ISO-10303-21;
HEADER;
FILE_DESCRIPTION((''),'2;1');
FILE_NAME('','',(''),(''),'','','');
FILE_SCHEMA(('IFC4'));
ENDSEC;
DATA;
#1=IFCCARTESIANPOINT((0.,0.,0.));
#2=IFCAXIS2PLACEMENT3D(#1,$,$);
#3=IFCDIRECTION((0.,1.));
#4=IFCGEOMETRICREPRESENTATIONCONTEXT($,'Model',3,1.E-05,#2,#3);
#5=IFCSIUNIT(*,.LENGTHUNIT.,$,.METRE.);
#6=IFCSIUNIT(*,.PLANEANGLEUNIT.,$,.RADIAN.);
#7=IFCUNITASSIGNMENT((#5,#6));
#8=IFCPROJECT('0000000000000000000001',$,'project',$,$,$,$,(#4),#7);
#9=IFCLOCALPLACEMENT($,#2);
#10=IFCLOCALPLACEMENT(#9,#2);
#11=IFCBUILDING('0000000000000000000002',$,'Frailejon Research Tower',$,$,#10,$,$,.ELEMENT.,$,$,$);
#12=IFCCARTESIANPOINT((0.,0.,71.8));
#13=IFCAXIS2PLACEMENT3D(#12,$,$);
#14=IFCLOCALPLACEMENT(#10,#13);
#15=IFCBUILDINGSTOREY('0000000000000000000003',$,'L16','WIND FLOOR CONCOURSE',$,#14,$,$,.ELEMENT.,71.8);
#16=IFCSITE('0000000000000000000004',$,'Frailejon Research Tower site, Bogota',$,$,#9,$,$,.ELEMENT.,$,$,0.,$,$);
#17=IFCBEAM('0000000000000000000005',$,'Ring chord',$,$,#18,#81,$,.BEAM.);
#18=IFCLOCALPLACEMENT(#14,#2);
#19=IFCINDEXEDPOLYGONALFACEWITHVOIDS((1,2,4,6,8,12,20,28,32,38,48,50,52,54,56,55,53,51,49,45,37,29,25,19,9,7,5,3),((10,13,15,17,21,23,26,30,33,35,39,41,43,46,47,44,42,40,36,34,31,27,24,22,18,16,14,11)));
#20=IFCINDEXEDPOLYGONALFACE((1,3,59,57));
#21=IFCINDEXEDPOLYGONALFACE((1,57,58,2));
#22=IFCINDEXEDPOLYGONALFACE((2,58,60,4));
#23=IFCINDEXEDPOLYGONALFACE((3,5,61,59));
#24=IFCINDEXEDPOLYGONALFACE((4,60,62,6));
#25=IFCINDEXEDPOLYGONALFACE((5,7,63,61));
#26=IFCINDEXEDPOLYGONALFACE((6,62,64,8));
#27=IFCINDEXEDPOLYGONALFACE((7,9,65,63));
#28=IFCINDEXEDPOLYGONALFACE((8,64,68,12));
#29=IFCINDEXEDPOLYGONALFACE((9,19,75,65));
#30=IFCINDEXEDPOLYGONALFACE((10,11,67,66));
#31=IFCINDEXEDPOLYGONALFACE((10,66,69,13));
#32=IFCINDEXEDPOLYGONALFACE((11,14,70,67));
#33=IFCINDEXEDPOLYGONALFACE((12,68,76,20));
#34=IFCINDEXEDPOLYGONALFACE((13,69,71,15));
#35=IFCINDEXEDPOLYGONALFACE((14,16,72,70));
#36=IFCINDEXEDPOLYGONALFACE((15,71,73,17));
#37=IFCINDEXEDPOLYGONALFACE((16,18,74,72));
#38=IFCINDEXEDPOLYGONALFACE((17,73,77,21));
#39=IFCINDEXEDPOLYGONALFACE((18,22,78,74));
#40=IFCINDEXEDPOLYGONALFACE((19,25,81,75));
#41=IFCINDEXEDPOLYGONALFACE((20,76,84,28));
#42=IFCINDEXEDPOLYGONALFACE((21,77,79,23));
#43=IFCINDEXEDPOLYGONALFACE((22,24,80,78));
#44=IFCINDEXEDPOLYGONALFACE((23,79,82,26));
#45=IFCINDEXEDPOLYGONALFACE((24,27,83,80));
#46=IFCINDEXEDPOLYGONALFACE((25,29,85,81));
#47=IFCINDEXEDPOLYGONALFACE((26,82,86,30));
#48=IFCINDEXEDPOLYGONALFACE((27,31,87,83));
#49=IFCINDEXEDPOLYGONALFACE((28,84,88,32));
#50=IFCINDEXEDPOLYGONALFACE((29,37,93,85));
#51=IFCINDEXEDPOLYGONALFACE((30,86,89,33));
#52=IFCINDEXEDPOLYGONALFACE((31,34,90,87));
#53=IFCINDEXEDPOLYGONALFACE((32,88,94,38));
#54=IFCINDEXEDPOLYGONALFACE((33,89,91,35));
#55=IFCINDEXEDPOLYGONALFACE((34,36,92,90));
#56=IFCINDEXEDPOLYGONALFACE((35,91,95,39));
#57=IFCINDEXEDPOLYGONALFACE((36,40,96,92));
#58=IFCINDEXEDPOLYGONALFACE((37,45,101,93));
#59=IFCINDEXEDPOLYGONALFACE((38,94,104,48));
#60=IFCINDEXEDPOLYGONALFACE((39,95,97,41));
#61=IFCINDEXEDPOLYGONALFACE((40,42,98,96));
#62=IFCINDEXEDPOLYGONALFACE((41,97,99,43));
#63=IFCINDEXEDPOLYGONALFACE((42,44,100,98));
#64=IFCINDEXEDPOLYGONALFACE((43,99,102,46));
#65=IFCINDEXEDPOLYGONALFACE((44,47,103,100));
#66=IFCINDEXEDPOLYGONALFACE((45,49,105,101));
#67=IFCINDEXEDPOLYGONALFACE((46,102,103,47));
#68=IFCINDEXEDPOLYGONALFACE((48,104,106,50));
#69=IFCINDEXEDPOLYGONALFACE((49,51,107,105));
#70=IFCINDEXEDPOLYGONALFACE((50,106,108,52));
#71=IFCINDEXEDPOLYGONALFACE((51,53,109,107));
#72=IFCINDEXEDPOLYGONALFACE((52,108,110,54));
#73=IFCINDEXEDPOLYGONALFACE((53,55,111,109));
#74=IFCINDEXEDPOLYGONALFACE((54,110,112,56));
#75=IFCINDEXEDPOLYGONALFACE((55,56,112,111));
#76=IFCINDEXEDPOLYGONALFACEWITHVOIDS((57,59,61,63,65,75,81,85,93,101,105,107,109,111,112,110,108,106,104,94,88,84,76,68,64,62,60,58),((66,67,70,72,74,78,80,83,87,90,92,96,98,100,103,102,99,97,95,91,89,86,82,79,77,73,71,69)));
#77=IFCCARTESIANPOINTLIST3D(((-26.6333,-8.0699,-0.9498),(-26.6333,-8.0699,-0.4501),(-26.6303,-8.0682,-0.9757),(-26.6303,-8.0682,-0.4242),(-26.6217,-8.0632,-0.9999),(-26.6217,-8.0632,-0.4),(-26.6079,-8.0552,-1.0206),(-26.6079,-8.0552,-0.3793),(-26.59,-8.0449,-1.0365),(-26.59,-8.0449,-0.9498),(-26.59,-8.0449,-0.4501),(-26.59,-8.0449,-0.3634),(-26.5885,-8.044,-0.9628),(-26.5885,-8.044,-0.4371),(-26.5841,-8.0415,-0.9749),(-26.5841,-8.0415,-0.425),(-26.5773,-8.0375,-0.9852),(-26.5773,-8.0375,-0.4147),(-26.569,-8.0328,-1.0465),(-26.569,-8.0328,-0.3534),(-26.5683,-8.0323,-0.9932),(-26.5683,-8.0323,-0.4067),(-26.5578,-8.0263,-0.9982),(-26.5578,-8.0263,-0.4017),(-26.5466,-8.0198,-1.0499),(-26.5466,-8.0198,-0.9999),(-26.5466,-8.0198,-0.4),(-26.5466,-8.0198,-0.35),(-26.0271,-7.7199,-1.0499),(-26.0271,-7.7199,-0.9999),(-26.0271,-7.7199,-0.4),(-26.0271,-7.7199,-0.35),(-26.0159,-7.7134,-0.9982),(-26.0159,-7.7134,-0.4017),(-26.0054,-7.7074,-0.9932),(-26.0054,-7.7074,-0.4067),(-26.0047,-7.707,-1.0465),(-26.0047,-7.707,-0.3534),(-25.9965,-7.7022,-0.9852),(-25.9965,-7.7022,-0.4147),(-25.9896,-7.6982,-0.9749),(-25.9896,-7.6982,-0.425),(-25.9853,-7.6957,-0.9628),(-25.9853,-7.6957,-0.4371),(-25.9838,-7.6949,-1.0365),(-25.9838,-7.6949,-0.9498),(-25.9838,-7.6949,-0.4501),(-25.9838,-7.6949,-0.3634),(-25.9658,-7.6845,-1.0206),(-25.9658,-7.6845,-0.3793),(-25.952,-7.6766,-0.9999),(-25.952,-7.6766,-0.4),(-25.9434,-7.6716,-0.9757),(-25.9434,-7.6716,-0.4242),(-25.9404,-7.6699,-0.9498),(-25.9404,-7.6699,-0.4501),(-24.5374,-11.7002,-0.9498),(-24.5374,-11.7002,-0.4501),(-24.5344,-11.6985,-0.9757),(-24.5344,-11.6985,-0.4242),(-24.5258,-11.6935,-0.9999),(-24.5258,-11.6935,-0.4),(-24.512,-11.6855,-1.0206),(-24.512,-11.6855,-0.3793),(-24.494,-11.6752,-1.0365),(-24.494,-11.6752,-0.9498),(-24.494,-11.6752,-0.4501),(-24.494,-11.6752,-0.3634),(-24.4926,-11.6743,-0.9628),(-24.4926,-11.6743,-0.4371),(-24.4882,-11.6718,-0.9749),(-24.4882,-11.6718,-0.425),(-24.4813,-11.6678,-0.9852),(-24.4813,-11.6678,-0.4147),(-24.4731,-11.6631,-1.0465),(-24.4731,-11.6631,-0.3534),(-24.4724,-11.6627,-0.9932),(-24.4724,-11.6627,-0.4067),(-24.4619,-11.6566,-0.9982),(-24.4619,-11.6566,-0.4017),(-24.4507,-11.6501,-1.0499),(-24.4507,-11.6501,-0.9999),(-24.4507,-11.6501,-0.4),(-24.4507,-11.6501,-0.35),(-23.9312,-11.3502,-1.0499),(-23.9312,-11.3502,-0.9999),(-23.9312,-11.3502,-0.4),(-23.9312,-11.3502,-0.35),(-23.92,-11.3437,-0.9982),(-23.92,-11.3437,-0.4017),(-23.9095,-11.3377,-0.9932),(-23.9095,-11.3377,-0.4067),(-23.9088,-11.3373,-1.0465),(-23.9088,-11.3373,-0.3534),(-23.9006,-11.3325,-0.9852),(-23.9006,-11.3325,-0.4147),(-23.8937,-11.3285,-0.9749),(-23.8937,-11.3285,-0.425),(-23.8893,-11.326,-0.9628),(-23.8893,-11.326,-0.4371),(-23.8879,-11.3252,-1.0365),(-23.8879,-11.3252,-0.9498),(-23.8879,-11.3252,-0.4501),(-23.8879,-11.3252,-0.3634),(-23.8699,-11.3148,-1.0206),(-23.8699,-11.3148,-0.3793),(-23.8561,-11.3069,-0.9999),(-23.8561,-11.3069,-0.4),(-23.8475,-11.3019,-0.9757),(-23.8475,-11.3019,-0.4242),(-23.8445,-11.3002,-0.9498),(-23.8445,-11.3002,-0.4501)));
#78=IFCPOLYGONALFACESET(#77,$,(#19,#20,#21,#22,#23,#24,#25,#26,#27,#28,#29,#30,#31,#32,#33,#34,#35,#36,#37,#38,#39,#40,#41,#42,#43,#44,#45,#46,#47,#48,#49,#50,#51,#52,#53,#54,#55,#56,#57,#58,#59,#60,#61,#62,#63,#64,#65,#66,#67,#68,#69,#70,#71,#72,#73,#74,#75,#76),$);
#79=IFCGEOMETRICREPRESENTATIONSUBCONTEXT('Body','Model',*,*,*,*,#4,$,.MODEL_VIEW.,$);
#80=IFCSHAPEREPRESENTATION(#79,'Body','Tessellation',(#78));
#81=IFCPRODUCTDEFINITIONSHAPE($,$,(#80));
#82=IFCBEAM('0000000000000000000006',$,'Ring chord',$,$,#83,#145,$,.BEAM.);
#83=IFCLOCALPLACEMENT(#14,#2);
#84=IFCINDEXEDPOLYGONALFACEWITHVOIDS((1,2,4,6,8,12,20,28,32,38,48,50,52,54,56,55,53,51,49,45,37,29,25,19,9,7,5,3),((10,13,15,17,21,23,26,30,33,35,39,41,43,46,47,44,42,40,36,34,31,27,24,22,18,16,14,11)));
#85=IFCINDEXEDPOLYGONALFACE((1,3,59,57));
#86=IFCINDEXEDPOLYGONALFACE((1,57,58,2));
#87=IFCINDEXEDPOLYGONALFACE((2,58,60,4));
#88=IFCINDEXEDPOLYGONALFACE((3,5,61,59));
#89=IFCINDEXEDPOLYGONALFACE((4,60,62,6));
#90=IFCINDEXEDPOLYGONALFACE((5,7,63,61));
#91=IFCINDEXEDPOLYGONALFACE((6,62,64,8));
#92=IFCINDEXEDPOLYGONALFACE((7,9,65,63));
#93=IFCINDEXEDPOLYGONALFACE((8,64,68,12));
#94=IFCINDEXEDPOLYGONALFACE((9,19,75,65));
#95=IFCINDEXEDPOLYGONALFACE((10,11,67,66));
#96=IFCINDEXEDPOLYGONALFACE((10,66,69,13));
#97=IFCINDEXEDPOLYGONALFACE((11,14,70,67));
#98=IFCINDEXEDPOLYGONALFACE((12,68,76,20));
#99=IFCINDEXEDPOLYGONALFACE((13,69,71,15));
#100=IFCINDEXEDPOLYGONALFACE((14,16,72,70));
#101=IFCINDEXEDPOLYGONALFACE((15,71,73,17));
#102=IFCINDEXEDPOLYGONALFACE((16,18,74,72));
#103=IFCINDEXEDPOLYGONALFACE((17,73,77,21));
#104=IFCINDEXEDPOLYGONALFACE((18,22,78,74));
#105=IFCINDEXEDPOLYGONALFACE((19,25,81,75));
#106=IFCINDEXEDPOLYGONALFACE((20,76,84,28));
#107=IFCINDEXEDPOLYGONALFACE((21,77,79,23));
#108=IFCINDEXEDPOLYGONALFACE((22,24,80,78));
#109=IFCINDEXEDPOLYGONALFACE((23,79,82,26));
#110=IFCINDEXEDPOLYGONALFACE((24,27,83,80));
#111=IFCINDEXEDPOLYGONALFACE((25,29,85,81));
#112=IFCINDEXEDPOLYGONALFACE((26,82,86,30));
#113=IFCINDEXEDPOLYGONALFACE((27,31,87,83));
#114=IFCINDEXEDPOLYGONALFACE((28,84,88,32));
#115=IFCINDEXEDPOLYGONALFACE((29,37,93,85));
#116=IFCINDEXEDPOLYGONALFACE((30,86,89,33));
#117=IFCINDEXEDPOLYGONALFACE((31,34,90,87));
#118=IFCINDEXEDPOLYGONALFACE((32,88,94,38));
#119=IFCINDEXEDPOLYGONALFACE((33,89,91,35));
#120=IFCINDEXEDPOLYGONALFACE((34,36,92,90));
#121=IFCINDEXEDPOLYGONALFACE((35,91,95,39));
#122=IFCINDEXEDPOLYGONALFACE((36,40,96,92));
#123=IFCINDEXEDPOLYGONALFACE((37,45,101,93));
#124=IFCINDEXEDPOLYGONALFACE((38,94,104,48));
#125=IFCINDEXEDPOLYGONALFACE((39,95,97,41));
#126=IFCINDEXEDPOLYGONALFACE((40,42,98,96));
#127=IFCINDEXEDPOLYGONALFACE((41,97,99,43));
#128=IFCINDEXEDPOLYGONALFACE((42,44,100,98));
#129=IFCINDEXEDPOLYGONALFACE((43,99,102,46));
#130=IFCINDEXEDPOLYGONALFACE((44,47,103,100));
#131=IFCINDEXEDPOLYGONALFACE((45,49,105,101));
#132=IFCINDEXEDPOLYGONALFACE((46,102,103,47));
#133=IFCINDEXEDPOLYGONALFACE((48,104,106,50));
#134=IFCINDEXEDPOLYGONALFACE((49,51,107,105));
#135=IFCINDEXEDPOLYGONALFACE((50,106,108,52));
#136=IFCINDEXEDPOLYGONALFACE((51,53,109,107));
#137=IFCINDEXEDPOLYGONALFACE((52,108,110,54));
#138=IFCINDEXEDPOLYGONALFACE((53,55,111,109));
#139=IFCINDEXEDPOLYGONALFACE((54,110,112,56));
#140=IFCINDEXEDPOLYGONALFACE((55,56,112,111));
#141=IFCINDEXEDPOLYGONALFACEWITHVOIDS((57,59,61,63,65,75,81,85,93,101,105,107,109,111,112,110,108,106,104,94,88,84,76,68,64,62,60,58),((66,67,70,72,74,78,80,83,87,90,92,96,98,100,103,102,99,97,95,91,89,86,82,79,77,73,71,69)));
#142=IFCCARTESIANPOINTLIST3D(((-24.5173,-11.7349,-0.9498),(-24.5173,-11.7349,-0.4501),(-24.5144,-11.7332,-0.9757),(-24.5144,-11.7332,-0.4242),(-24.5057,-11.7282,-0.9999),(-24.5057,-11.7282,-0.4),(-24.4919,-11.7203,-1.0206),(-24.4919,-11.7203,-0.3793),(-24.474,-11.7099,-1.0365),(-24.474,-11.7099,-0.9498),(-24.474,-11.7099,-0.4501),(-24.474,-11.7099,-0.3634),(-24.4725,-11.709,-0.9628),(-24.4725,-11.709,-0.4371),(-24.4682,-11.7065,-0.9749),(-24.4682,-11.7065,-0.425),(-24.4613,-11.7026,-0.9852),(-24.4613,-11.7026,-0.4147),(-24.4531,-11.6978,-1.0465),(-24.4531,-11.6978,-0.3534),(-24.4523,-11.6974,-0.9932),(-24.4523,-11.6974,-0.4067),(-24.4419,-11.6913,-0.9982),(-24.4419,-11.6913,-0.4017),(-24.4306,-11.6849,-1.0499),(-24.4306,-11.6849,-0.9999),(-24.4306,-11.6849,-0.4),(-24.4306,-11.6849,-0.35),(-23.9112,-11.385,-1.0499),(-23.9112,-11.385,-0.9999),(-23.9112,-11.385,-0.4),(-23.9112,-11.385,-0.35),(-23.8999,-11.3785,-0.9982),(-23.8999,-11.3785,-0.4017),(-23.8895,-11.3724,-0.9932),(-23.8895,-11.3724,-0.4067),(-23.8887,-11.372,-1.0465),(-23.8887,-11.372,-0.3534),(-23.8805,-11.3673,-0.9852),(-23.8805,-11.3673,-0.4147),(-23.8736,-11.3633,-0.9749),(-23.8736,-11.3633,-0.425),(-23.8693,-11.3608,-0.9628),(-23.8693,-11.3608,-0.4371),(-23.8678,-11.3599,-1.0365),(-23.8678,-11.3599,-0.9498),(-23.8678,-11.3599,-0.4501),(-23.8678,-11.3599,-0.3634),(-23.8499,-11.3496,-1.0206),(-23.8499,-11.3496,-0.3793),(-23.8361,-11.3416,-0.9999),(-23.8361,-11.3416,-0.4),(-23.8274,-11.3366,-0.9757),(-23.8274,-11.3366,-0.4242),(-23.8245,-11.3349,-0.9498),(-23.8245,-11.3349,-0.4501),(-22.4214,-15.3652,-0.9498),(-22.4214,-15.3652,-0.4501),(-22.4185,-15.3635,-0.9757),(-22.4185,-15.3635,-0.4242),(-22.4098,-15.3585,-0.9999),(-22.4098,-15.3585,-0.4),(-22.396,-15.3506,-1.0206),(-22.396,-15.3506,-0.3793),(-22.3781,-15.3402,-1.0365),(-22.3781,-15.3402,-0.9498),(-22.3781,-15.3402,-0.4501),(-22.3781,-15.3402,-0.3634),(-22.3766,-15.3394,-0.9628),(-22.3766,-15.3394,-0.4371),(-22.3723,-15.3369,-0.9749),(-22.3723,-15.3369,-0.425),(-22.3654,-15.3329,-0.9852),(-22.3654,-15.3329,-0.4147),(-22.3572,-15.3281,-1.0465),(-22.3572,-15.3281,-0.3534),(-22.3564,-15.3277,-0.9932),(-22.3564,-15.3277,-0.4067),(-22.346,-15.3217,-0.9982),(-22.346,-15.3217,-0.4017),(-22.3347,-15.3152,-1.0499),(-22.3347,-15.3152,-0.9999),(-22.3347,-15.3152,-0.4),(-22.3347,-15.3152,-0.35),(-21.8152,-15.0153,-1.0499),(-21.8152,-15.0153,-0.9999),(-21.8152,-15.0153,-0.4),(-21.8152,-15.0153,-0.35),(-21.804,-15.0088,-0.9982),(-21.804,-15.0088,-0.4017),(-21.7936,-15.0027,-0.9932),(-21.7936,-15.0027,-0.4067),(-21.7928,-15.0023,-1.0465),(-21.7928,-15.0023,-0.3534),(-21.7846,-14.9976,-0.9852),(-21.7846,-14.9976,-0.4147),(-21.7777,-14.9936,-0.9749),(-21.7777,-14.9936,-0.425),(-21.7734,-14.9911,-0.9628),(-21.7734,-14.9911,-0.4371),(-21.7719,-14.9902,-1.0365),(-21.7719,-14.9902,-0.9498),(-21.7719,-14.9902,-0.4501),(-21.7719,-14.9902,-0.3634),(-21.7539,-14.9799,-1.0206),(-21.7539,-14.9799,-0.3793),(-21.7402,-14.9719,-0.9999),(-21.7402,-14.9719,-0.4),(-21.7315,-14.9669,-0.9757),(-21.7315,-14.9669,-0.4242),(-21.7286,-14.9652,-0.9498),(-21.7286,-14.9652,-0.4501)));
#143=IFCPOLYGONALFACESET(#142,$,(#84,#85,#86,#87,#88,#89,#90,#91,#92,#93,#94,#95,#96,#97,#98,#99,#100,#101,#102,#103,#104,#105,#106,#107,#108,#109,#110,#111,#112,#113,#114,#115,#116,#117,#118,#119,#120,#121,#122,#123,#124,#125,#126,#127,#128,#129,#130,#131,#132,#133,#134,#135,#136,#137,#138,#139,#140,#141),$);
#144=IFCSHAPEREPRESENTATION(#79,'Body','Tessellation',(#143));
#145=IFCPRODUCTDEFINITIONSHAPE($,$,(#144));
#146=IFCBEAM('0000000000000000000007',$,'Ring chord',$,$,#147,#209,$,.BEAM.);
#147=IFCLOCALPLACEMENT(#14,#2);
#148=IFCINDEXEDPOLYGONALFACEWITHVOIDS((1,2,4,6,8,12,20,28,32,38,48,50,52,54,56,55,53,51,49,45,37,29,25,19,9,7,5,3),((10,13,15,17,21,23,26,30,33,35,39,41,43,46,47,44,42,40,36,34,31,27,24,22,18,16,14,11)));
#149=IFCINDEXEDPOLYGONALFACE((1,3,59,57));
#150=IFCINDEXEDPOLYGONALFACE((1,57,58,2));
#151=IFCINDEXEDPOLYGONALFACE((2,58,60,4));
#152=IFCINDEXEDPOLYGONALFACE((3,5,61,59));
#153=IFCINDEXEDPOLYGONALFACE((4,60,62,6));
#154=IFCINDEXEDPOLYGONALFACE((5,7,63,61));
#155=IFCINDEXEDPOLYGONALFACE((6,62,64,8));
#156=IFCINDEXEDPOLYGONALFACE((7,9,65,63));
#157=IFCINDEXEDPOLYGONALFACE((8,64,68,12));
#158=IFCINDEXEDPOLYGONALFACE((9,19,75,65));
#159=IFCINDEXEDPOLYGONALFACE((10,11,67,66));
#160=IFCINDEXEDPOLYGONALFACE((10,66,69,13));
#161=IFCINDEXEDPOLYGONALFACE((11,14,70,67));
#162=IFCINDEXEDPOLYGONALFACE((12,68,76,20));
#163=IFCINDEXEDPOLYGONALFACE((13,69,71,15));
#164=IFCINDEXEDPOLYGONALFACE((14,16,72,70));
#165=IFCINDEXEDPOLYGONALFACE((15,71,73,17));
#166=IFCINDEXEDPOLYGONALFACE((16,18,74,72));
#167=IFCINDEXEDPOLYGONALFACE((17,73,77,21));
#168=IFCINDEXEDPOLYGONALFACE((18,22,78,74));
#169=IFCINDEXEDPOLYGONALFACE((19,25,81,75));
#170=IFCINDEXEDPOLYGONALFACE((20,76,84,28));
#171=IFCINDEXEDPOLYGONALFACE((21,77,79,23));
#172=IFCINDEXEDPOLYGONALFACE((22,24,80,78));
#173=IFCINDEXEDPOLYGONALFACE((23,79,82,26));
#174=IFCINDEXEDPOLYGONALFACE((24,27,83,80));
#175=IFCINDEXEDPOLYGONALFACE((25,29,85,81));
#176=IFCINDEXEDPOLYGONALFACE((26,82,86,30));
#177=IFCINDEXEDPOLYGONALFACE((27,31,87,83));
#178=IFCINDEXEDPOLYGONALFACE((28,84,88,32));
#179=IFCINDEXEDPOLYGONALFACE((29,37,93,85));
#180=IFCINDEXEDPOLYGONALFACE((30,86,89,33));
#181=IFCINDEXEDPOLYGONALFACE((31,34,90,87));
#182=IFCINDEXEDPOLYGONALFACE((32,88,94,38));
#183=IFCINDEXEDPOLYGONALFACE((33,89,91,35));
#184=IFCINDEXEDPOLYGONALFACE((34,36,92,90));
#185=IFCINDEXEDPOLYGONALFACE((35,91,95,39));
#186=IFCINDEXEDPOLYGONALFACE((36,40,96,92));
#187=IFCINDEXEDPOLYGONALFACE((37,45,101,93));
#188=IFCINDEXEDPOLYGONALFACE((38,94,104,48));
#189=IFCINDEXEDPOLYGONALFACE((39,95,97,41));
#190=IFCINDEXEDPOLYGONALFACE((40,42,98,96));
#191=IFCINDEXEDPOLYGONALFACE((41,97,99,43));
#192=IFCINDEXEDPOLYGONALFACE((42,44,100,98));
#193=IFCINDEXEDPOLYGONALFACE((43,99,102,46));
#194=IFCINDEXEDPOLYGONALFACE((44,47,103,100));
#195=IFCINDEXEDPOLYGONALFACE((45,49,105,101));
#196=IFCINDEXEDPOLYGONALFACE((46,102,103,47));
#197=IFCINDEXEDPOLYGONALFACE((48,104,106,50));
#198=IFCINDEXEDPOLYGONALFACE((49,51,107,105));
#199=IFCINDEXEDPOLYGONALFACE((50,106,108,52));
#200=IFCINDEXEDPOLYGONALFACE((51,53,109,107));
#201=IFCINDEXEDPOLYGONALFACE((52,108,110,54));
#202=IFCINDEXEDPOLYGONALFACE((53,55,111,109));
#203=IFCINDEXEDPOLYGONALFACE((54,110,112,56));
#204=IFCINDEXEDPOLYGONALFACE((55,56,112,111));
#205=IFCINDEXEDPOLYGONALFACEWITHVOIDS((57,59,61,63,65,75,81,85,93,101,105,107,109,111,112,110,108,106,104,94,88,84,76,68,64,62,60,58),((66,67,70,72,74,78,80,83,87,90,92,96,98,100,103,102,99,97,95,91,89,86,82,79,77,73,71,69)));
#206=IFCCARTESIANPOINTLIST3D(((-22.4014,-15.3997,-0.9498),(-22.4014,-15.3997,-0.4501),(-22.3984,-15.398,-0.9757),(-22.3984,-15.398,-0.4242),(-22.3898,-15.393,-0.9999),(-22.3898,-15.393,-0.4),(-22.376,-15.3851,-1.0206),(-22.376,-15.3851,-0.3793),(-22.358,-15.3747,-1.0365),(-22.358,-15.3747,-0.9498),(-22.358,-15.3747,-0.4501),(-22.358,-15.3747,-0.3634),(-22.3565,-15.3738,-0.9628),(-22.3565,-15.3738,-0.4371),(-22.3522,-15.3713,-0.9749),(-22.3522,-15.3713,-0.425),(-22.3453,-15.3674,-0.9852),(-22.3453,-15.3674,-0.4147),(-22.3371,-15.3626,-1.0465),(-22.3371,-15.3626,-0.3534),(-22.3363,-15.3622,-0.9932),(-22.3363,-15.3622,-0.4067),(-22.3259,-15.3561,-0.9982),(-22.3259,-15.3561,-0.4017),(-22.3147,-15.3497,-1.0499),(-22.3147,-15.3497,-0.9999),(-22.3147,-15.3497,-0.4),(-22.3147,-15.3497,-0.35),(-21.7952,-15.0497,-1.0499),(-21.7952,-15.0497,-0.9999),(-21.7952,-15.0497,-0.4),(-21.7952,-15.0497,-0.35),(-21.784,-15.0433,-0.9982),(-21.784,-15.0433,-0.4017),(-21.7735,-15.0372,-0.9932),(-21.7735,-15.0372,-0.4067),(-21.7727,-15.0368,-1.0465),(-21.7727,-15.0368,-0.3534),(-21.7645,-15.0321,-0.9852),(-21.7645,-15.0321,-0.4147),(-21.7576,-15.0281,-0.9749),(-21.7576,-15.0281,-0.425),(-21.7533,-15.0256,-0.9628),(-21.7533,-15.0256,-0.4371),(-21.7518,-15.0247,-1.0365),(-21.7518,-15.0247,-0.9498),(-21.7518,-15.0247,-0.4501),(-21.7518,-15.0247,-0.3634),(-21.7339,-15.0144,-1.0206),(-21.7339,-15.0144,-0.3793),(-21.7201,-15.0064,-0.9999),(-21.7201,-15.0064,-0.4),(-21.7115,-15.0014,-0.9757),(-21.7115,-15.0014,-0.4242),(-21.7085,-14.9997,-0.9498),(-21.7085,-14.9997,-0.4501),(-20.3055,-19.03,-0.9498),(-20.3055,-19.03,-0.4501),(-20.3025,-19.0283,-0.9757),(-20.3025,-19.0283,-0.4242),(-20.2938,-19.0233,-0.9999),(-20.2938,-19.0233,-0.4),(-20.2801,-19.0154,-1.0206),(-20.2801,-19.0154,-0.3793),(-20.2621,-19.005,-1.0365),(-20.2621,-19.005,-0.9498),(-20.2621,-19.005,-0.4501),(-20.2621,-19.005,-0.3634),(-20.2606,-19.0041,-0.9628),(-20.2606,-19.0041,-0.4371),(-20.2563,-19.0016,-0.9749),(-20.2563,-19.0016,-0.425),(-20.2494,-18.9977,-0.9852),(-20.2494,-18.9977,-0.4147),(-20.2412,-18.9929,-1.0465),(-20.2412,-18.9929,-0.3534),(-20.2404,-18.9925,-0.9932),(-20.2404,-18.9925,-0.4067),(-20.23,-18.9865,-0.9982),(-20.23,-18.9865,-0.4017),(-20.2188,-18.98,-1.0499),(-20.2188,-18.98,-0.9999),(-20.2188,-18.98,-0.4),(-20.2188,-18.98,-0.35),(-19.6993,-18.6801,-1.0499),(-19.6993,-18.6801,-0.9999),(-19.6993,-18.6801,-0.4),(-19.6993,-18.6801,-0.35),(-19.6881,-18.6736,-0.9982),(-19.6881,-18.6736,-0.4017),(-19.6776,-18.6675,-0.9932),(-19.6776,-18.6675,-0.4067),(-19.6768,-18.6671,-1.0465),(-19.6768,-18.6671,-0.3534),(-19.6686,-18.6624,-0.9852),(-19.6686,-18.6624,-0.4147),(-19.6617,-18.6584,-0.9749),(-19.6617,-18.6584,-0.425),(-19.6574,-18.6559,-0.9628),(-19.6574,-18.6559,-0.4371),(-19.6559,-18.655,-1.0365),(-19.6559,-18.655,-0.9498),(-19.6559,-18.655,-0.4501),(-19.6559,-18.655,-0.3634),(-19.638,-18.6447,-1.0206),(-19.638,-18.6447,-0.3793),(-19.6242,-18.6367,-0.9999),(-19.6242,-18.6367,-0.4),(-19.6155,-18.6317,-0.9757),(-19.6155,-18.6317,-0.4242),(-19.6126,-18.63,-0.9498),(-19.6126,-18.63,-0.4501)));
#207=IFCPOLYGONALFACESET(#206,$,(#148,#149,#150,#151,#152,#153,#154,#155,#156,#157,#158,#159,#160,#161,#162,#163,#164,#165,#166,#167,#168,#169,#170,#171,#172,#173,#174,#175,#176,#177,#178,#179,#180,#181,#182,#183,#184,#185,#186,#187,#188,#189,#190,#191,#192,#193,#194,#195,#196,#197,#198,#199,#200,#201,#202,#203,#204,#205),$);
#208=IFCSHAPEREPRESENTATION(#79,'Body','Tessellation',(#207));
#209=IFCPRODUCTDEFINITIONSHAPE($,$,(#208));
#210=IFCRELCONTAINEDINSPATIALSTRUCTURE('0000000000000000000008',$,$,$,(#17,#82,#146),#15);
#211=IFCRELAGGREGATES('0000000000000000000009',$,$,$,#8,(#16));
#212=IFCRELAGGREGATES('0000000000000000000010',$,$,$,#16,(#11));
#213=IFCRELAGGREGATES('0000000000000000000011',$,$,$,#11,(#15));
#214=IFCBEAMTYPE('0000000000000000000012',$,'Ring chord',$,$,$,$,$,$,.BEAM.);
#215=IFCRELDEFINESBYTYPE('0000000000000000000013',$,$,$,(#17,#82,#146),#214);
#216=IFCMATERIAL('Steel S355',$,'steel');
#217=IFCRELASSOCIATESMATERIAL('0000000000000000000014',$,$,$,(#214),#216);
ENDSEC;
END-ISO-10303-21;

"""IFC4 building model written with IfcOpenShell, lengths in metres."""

from ifc_helpers import new_model, si_unit, direction, frame, origin, origin_2d, place, context, subcontext, project, spatial, hollow_rectangle, extrude, material, material_profile, profile_set, type_object, element, save


model = new_model("IFC4")

# Units and contexts
model_context = context("Model", 3, precision=1e-05, world=origin(), true_north=direction((0.0, 1.0)))
body_context = subcontext(model_context, "Body", "Model", "MODEL_VIEW")
ifc_project = project(units=[si_unit("LENGTHUNIT", "METRE"), si_unit("PLANEANGLEUNIT", "RADIAN")], contexts=[model_context])

# Site, building, storey
site_placement = place(None, origin())
site = spatial("IfcSite", under=ifc_project, at=site_placement, Name="Frailejon Research Tower site, Bogota", CompositionType="ELEMENT", RefElevation=0.0)
building_placement = place(site_placement, origin())
building = spatial("IfcBuilding", under=site, at=building_placement, Name="Frailejon Research Tower", CompositionType="ELEMENT")
storey_placement = place(building_placement, frame((0.0, 0.0, 71.8)))
storey = spatial("IfcBuildingStorey", under=building, at=storey_placement, Name="L16", Description="WIND FLOOR CONCOURSE", CompositionType="ELEMENT", Elevation=71.8)

# Beams
ifc_material_1 = material(Name="Steel S355", Category="steel")
ifc_material_profile_1 = material_profile(ifc_material_1, hollow_rectangle(XDim=0.8, YDim=0.7, WallThickness=0.05, InnerFilletRadius=0.05, OuterFilletRadius=0.1001, at=origin_2d()), Name="Ring chord")
ifc_profile_set_1 = profile_set([ifc_material_profile_1], Name="Steel S355")
beam_type_1 = type_object("IfcBeamType", Name="Ring chord", PredefinedType="BEAM", material=ifc_profile_set_1)
for number, where, z_axis, x_axis, name in (
    (1, (-26.2869, -7.8699, -0.7), (0.499991, -0.86603, 0.0), (0.86603, 0.499991, 0.0), "Ring chord"),
    (2, (-24.1709, -11.5349, -0.7), (0.499991, -0.86603, 0.0), (0.86603, 0.499991, 0.0), "Ring chord"),
    (3, (-22.0549, -15.1997, -0.7), (0.499991, -0.86603, 0.0), (0.86603, 0.499991, 0.0), "Ring chord"),
):
    element("IfcBeam", number, at=place(storey_placement, frame(where, z_axis=z_axis, x_axis=x_axis)), inside=storey, type_object=beam_type_1, Name=name, PredefinedType="BEAM", context=body_context, shape_type="SweptSolid", body=[
        extrude(hollow_rectangle(XDim=0.8, YDim=0.7, WallThickness=0.05, InnerFilletRadius=0.05, OuterFilletRadius=0.1001, at=origin_2d()), origin(), (0.0, 0.0, 1.0), 4.1919),
    ])

save(model, "model.ifc")
